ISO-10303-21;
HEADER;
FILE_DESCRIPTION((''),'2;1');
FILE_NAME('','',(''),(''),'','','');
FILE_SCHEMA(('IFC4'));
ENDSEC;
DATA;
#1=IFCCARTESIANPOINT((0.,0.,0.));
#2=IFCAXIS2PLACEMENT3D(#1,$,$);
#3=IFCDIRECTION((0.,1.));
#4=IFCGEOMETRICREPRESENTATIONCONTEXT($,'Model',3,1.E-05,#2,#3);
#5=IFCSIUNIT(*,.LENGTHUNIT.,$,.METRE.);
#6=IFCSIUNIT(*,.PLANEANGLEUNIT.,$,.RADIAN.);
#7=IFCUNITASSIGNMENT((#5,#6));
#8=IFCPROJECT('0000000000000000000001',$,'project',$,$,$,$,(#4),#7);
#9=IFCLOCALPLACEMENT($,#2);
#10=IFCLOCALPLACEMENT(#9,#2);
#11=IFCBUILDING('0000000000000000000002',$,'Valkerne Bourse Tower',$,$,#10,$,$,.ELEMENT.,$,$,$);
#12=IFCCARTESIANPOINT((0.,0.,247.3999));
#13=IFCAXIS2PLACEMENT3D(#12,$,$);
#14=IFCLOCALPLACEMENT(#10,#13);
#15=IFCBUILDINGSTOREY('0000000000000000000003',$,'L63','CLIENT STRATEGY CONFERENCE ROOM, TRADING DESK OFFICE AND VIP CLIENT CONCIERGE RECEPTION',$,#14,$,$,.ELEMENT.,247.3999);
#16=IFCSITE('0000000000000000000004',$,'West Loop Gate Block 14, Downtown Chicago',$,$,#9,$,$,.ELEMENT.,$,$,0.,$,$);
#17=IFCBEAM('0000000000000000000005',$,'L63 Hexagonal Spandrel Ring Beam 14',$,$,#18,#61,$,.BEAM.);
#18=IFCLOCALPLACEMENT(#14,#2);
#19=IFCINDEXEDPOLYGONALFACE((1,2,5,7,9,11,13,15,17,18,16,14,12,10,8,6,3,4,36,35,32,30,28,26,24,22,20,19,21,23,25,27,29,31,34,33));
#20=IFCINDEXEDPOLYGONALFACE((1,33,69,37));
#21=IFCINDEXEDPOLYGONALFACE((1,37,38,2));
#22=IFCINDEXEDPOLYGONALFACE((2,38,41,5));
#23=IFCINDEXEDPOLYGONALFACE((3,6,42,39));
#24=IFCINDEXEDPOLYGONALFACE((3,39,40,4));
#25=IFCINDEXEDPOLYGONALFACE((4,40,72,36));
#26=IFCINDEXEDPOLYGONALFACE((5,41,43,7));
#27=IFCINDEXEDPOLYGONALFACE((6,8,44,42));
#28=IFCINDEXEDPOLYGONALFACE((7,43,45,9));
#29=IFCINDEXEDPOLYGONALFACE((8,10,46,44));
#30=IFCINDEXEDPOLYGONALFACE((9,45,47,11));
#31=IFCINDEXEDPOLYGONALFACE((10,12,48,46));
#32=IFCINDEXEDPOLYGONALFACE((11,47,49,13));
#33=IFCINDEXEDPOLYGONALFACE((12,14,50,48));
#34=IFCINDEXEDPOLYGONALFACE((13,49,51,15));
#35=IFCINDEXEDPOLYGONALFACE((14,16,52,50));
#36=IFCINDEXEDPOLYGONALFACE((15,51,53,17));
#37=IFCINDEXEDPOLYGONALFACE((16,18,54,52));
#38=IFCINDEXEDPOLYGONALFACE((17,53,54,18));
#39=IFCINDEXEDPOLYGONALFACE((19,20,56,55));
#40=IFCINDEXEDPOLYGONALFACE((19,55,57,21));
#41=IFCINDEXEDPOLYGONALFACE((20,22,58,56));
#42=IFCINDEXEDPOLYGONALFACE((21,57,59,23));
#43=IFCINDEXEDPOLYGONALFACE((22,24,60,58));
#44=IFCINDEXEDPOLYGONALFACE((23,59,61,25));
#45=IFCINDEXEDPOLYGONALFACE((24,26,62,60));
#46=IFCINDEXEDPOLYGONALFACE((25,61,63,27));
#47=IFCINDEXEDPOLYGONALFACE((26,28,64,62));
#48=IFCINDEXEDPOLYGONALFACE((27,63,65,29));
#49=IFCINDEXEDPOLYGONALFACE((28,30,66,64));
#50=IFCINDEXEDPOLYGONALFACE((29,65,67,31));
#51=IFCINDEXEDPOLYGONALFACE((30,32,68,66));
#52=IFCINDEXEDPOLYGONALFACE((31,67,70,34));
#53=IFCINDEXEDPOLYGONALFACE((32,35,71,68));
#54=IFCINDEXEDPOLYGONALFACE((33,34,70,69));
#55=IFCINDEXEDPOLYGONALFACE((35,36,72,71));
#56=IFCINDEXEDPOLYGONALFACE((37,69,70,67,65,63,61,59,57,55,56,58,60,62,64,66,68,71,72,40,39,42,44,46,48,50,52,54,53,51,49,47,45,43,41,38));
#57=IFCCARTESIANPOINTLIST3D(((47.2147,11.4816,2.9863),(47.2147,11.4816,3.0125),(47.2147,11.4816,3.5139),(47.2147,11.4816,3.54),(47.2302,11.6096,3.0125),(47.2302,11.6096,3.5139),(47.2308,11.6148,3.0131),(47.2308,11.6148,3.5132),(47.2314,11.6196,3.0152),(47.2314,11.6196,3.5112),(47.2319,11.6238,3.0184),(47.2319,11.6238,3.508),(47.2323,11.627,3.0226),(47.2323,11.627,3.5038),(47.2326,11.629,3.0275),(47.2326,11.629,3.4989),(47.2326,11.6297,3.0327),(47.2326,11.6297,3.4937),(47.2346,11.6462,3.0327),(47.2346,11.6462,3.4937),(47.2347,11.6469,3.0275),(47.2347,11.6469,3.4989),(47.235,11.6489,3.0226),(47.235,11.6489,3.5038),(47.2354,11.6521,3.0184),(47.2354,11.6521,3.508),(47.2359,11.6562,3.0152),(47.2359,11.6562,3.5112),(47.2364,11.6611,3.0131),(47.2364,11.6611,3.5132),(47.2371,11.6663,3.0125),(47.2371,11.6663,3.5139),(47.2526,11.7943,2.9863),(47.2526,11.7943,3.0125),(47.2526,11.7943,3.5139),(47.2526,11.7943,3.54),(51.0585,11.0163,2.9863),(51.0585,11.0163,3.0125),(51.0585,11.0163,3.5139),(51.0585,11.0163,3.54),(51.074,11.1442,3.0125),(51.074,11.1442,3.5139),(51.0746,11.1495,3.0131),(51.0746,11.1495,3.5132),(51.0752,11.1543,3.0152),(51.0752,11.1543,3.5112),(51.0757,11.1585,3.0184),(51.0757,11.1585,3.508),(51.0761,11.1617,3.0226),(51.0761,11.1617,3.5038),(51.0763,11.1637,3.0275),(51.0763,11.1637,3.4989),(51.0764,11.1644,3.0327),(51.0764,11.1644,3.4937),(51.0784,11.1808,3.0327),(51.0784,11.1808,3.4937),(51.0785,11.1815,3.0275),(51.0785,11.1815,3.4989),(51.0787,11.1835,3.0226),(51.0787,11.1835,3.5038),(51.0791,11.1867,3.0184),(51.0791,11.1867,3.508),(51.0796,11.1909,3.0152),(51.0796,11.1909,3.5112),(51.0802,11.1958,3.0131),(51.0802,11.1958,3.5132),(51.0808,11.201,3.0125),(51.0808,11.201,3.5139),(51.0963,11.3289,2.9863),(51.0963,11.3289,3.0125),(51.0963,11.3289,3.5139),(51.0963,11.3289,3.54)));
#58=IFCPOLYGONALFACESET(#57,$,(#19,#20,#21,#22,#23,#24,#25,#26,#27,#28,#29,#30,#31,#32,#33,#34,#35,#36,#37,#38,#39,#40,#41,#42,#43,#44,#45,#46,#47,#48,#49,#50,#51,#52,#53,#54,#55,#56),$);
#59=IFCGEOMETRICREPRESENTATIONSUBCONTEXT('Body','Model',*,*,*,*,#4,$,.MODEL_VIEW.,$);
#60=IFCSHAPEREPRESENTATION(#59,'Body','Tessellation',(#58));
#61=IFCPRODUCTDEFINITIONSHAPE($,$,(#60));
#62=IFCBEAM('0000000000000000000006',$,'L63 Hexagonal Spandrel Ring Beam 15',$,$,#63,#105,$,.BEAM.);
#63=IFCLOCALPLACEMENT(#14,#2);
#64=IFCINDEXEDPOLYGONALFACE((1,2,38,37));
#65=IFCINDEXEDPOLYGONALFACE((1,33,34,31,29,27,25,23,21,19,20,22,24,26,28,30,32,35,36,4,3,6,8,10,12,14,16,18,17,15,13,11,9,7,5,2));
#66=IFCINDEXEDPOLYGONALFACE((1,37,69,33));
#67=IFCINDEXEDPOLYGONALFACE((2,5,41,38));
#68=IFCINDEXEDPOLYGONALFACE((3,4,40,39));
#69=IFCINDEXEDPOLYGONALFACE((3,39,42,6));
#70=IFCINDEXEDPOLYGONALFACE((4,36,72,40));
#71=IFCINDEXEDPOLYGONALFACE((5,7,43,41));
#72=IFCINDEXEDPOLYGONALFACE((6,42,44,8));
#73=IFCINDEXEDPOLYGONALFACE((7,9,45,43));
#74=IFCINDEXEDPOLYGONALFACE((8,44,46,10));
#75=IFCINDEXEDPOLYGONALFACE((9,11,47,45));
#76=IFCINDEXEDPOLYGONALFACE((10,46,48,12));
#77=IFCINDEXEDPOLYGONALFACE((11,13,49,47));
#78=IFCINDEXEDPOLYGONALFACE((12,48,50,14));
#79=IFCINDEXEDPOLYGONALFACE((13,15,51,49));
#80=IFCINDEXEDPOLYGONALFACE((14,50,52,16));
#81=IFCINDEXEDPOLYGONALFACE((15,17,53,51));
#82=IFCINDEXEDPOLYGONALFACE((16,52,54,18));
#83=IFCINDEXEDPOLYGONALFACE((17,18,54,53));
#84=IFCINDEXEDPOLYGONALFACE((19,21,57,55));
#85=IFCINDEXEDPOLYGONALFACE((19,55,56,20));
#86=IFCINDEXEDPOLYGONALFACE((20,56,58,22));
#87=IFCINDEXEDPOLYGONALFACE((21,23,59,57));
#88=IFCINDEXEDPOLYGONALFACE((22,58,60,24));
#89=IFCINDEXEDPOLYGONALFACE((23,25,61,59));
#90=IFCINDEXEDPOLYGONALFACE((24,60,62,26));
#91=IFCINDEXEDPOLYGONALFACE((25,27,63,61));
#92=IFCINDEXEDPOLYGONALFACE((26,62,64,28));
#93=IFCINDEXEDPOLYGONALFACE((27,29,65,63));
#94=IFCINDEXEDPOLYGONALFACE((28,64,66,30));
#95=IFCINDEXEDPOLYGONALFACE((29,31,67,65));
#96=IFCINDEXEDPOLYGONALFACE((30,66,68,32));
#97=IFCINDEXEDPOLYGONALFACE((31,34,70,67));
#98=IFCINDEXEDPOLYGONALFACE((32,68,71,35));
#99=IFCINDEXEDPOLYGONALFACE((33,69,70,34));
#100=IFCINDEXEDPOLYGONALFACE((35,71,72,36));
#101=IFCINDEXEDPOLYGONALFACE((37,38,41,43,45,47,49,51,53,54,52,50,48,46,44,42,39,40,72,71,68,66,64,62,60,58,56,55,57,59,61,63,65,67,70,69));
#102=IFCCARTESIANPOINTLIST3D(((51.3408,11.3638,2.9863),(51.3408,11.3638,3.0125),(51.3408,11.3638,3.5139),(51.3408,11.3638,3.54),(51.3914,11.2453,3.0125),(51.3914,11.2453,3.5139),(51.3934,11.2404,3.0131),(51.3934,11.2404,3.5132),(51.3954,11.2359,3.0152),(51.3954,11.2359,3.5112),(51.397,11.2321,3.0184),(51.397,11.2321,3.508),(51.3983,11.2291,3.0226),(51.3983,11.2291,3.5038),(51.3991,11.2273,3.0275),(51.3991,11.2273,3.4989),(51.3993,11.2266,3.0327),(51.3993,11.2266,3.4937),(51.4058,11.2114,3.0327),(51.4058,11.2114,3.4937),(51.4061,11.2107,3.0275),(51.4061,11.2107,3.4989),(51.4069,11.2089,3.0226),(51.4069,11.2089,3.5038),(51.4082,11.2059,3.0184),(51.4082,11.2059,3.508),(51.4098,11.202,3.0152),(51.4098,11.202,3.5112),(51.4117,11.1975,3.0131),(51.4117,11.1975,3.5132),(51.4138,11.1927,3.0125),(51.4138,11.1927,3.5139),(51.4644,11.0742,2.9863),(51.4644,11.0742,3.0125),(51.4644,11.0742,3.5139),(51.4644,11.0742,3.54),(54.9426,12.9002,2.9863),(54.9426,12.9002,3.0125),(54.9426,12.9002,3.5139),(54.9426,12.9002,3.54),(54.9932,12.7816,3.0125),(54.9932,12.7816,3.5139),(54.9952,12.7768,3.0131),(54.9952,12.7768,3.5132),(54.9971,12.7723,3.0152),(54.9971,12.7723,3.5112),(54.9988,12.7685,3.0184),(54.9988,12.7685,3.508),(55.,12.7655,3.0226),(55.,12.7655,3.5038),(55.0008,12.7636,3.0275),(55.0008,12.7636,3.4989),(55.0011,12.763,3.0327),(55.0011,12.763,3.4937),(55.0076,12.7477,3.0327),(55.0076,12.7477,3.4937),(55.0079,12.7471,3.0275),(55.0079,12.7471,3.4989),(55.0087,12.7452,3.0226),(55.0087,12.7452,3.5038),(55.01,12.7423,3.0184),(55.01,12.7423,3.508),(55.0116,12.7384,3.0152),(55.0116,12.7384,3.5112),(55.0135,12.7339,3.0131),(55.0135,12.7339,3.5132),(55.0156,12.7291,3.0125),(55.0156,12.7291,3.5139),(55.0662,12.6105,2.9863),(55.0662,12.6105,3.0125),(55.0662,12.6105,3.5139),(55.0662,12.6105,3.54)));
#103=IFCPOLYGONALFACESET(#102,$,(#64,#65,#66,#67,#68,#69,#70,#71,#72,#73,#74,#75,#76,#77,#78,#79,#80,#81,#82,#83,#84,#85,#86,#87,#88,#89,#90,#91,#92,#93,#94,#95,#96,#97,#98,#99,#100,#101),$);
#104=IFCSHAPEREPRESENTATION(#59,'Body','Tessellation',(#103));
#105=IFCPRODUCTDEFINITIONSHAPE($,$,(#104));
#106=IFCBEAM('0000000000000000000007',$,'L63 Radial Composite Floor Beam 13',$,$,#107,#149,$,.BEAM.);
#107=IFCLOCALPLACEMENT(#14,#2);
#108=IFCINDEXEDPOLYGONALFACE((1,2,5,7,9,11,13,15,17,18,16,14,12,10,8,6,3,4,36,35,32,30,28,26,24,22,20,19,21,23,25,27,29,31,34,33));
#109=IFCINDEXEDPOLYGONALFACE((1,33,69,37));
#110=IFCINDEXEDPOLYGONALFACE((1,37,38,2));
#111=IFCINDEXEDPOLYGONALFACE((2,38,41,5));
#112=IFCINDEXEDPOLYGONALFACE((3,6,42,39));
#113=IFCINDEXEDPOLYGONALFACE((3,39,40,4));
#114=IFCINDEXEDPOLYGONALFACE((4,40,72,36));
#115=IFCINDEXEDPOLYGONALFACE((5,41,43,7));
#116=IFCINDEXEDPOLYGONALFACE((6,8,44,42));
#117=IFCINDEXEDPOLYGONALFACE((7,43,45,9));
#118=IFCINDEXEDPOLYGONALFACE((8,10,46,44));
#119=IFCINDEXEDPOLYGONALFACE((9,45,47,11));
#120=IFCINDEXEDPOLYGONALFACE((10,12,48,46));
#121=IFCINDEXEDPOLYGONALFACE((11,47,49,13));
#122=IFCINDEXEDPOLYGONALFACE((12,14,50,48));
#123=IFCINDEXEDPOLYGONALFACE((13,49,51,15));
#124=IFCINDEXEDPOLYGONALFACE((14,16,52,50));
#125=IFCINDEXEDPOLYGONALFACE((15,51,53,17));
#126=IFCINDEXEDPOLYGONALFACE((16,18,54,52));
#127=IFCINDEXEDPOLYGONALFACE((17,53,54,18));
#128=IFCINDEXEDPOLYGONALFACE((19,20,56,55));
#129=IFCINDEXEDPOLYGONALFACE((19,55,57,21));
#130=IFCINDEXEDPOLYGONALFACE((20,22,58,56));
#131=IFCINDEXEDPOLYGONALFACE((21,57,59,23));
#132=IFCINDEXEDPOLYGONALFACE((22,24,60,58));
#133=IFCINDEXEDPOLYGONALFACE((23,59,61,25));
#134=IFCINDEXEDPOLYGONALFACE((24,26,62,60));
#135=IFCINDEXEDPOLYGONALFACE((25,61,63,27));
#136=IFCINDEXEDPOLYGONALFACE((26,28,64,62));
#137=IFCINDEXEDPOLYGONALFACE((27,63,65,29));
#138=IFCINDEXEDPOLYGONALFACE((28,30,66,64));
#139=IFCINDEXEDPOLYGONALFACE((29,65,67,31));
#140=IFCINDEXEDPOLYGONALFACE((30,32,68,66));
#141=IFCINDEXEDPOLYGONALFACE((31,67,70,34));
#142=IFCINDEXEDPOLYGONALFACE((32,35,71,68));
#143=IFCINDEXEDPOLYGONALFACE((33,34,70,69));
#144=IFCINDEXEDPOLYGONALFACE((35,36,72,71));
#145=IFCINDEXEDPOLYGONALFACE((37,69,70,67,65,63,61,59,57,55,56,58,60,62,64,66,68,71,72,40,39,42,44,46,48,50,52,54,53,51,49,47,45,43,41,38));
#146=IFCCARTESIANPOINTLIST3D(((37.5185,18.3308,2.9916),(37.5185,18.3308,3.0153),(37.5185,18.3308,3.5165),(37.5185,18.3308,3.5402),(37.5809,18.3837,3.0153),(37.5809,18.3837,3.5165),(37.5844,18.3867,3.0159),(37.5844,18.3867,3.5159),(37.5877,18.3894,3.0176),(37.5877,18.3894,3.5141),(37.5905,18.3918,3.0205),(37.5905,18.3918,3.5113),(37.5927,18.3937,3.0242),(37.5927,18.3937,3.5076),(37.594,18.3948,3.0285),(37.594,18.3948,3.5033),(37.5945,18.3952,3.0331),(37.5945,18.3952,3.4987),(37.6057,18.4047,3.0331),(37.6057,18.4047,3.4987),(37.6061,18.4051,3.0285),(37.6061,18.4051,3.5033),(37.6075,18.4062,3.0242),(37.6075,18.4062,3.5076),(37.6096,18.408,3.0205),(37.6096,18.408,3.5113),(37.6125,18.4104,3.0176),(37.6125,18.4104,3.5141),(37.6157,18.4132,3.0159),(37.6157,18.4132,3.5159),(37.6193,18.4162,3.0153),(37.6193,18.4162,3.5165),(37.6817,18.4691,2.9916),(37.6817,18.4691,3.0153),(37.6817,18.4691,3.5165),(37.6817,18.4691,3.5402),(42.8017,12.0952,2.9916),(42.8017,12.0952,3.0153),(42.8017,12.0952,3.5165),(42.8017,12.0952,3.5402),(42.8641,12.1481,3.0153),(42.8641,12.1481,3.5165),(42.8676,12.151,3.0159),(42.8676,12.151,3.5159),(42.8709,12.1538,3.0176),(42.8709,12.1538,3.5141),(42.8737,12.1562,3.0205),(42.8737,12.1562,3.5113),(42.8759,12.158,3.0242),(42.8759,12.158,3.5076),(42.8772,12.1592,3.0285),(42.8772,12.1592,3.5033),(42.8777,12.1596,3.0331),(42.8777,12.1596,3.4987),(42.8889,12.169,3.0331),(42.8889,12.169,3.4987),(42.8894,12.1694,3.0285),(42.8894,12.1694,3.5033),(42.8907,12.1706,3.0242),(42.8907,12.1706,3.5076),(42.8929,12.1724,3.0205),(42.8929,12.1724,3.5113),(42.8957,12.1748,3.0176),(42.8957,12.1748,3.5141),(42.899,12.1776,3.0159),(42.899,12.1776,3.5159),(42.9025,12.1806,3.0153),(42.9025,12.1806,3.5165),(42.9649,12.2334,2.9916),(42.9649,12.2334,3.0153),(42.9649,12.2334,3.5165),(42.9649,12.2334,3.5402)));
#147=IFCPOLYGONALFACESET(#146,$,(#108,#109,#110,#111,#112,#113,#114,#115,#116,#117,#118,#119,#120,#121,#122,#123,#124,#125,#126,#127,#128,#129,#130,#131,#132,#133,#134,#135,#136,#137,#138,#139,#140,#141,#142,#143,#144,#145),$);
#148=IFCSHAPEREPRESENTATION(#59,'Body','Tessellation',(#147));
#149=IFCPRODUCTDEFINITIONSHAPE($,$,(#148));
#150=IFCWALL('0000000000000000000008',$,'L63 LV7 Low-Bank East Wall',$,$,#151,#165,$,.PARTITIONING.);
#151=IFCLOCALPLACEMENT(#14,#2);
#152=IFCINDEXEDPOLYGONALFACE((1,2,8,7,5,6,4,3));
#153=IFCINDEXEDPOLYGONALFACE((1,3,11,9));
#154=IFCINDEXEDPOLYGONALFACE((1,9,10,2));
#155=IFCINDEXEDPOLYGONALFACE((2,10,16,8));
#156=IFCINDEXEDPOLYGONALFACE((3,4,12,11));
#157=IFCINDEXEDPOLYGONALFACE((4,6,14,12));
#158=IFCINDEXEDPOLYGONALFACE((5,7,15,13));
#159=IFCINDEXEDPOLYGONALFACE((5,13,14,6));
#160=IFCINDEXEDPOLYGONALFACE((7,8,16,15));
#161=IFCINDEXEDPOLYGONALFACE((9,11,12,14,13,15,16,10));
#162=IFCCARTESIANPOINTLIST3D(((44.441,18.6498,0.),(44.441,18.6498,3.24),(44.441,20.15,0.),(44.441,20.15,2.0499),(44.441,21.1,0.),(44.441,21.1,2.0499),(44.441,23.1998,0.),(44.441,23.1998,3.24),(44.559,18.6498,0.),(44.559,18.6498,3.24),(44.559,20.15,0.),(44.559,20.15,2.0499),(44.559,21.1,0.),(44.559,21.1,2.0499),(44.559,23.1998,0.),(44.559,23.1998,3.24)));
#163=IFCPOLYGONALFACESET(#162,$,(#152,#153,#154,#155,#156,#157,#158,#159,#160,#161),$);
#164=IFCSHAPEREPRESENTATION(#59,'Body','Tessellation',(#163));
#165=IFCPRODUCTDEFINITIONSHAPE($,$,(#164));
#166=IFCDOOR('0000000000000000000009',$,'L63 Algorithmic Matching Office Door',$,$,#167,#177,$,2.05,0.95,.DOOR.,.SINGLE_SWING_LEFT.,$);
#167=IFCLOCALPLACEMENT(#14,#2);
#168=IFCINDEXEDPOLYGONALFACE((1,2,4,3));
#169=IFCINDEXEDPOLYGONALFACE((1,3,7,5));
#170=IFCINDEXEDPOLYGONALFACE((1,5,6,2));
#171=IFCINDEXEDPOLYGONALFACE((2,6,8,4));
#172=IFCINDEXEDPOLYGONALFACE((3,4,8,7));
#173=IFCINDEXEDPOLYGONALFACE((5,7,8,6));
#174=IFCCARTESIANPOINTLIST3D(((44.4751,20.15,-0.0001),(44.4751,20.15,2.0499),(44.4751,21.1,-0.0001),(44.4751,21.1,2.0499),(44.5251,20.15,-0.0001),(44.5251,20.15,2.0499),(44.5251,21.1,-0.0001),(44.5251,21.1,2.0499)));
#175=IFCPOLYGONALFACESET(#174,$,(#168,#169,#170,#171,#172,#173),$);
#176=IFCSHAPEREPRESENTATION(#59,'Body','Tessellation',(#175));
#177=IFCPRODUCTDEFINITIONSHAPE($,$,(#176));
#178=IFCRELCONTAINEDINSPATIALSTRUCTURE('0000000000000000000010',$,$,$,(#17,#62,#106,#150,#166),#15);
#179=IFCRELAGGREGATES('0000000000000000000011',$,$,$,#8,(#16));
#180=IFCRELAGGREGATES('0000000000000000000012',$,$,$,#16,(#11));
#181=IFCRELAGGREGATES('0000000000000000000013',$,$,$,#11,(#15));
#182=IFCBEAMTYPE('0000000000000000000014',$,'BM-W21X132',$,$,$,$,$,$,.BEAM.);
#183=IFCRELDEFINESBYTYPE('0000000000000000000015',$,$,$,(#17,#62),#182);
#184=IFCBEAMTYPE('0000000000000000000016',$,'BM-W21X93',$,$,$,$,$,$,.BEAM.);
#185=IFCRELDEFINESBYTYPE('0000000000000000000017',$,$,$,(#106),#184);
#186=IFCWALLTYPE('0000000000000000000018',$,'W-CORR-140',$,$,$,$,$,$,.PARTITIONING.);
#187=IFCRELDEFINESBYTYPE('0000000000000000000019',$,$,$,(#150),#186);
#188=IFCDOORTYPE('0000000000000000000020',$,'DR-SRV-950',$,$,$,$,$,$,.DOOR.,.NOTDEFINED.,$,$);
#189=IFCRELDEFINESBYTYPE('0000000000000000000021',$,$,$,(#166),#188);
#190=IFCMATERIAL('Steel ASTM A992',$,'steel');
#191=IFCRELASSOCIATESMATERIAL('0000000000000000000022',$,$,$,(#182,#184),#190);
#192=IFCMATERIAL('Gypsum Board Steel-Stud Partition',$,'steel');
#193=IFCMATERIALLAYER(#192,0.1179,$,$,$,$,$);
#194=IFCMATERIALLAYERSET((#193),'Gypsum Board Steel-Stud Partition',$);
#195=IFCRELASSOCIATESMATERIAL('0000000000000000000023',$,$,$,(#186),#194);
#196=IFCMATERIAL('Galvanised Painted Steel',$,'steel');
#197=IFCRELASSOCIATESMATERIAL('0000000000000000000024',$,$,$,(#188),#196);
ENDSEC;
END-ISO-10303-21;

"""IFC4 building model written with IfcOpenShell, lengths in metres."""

from ifc_helpers import new_model, si_unit, direction, frame, frame_2d, origin, origin_2d, place, context, subcontext, project, spatial, rectangle, i_section, extrude, material, layer, layer_set, material_profile, profile_set, type_object, element, fill, save


model = new_model("IFC4")

# Units and contexts
model_context = context("Model", 3, precision=1e-05, world=origin(), true_north=direction((0.0, 1.0)))
body_context = subcontext(model_context, "Body", "Model", "MODEL_VIEW")
ifc_project = project(units=[si_unit("LENGTHUNIT", "METRE"), si_unit("PLANEANGLEUNIT", "RADIAN")], contexts=[model_context])

# Site, building, storey
site_placement = place(None, origin())
site = spatial("IfcSite", under=ifc_project, at=site_placement, Name="West Loop Gate Block 14, Downtown Chicago", CompositionType="ELEMENT", RefElevation=0.0)
building_placement = place(site_placement, origin())
building = spatial("IfcBuilding", under=site, at=building_placement, Name="Valkerne Bourse Tower", CompositionType="ELEMENT")
storey_placement = place(building_placement, frame((0.0, 0.0, 247.3999)))
storey = spatial("IfcBuildingStorey", under=building, at=storey_placement, Name="L63", Description="CLIENT STRATEGY CONFERENCE ROOM, TRADING DESK OFFICE AND VIP CLIENT CONCIERGE RECEPTION", CompositionType="ELEMENT", Elevation=247.3999)

# Beams
ifc_material_1 = material(Name="Steel ASTM A992", Category="steel")
ifc_material_profile_1 = material_profile(ifc_material_1, i_section(OverallWidth=0.3149, OverallDepth=0.5537, WebThickness=0.0166, FlangeThickness=0.0261, FilletRadius=0.0203, at=origin_2d()), Name="W21X132")
ifc_profile_set_1 = profile_set([ifc_material_profile_1], Name="Steel ASTM A992")
beam_type_1 = type_object("IfcBeamType", Name="BM-W21X132", PredefinedType="BEAM", material=ifc_profile_set_1)
beam_1_placement = place(storey_placement, frame((47.2336, 11.6379, 3.2632), z_axis=(0.992752, -0.120184, 0.0), x_axis=(0.120184, 0.992752, 0.0)))
element("IfcBeam", 1, at=beam_1_placement, inside=storey, type_object=beam_type_1, Name="L63 Hexagonal Spandrel Ring Beam 14", PredefinedType="BEAM", context=body_context, shape_type="SweptSolid", body=[
    extrude(i_section(OverallWidth=0.3149, OverallDepth=0.5537, WebThickness=0.0166, FlangeThickness=0.0261, FilletRadius=0.0203, at=origin_2d()), origin(), (0.0, 0.0, 1.0), 3.8718),
])
beam_2_placement = place(storey_placement, frame((51.4026, 11.219, 3.2632), z_axis=(0.919814, 0.392354, 0.0), x_axis=(-0.392354, 0.919814, 0.0)))
element("IfcBeam", 2, at=beam_2_placement, inside=storey, type_object=beam_type_1, Name="L63 Hexagonal Spandrel Ring Beam 15", PredefinedType="BEAM", context=body_context, shape_type="SweptSolid", body=[
    extrude(i_section(OverallWidth=0.3149, OverallDepth=0.5537, WebThickness=0.0166, FlangeThickness=0.0261, FilletRadius=0.0203, at=origin_2d()), origin(), (0.0, 0.0, 1.0), 3.9158),
])
ifc_material_profile_2 = material_profile(ifc_material_1, i_section(OverallWidth=0.2139, OverallDepth=0.5486, WebThickness=0.0146, FlangeThickness=0.0237, FilletRadius=0.0178, at=origin_2d()), Name="W21X93")
ifc_profile_set_2 = profile_set([ifc_material_profile_2], Name="Steel ASTM A992")
beam_type_2 = type_object("IfcBeamType", Name="BM-W21X93", PredefinedType="BEAM", material=ifc_profile_set_2)
beam_3_placement = place(storey_placement, frame((42.8833, 12.1643, 3.2659), z_axis=(-0.646436, 0.762968, 0.0), x_axis=(-0.762968, -0.646436, 0.0)))
element("IfcBeam", 3, at=beam_3_placement, inside=storey, type_object=beam_type_2, Name="L63 Radial Composite Floor Beam 13", PredefinedType="BEAM", context=body_context, shape_type="SweptSolid", body=[
    extrude(i_section(OverallWidth=0.2139, OverallDepth=0.5486, WebThickness=0.0146, FlangeThickness=0.0237, FilletRadius=0.0178, at=origin_2d()), origin(), (0.0, 0.0, 1.0), 8.1729),
])

# Wall, opening, door
ifc_material_2 = material(Name="Gypsum Board Steel-Stud Partition", Category="steel")
ifc_layer_1 = layer(ifc_material_2, 0.1179)
ifc_layer_set_1 = layer_set([ifc_layer_1], Name="Gypsum Board Steel-Stud Partition")
wall_type_1 = type_object("IfcWallType", Name="W-CORR-140", PredefinedType="PARTITIONING", material=ifc_layer_set_1)
wall_1_placement = place(storey_placement, frame((44.5, 18.6499, 0.0), z_axis=(0.0, 0.0, 1.0), x_axis=(0.0, 1.0, 0.0)))
wall_1 = element("IfcWall", 4, at=wall_1_placement, inside=storey, type_object=wall_type_1, Name="L63 LV7 Low-Bank East Wall", PredefinedType="PARTITIONING", context=body_context, shape_type="SweptSolid", body=[
    extrude(rectangle(XDim=4.55, YDim=0.1179, at=frame_2d((2.2749, 0.0))), origin(), (0.0, 0.0, 1.0), 3.24),
])
opening_placement = place(wall_1_placement, frame((1.5, 0.0, 0.0)))
opening = element("IfcOpeningElement", 5, at=opening_placement, cuts=wall_1, PredefinedType="OPENING", context=body_context, shape_type="SweptSolid", body=[
    extrude(rectangle(XDim=0.95, YDim=2.05, at=frame_2d((0.4751, 1.0249))), frame((0.0, 0.0688, 0.0), z_axis=(0.0, -1.0, 0.0), x_axis=(1.0, 0.0, 0.0)), (0.0, 0.0, 1.0), 0.1379),
])
ifc_material_3 = material(Name="Galvanised Painted Steel", Category="steel")
door_type = type_object("IfcDoorType", Name="DR-SRV-950", OperationType="NOTDEFINED", PredefinedType="DOOR", material=ifc_material_3)
door_placement = place(opening_placement, origin())
door = element("IfcDoor", 6, at=door_placement, inside=storey, type_object=door_type, Name="L63 Algorithmic Matching Office Door", OperationType="SINGLE_SWING_LEFT", OverallHeight=2.05, OverallWidth=0.95, PredefinedType="DOOR", context=body_context, shape_type="SweptSolid", body=[
    extrude(rectangle(XDim=0.95, YDim=2.05, at=frame_2d((0.4751, 1.0249))), frame((0.0, 0.0249, 0.0), z_axis=(0.0, -1.0, 0.0), x_axis=(1.0, 0.0, 0.0)), (0.0, 0.0, 1.0), 0.05),
])
fill(opening, door)

save(model, "model.ifc")
